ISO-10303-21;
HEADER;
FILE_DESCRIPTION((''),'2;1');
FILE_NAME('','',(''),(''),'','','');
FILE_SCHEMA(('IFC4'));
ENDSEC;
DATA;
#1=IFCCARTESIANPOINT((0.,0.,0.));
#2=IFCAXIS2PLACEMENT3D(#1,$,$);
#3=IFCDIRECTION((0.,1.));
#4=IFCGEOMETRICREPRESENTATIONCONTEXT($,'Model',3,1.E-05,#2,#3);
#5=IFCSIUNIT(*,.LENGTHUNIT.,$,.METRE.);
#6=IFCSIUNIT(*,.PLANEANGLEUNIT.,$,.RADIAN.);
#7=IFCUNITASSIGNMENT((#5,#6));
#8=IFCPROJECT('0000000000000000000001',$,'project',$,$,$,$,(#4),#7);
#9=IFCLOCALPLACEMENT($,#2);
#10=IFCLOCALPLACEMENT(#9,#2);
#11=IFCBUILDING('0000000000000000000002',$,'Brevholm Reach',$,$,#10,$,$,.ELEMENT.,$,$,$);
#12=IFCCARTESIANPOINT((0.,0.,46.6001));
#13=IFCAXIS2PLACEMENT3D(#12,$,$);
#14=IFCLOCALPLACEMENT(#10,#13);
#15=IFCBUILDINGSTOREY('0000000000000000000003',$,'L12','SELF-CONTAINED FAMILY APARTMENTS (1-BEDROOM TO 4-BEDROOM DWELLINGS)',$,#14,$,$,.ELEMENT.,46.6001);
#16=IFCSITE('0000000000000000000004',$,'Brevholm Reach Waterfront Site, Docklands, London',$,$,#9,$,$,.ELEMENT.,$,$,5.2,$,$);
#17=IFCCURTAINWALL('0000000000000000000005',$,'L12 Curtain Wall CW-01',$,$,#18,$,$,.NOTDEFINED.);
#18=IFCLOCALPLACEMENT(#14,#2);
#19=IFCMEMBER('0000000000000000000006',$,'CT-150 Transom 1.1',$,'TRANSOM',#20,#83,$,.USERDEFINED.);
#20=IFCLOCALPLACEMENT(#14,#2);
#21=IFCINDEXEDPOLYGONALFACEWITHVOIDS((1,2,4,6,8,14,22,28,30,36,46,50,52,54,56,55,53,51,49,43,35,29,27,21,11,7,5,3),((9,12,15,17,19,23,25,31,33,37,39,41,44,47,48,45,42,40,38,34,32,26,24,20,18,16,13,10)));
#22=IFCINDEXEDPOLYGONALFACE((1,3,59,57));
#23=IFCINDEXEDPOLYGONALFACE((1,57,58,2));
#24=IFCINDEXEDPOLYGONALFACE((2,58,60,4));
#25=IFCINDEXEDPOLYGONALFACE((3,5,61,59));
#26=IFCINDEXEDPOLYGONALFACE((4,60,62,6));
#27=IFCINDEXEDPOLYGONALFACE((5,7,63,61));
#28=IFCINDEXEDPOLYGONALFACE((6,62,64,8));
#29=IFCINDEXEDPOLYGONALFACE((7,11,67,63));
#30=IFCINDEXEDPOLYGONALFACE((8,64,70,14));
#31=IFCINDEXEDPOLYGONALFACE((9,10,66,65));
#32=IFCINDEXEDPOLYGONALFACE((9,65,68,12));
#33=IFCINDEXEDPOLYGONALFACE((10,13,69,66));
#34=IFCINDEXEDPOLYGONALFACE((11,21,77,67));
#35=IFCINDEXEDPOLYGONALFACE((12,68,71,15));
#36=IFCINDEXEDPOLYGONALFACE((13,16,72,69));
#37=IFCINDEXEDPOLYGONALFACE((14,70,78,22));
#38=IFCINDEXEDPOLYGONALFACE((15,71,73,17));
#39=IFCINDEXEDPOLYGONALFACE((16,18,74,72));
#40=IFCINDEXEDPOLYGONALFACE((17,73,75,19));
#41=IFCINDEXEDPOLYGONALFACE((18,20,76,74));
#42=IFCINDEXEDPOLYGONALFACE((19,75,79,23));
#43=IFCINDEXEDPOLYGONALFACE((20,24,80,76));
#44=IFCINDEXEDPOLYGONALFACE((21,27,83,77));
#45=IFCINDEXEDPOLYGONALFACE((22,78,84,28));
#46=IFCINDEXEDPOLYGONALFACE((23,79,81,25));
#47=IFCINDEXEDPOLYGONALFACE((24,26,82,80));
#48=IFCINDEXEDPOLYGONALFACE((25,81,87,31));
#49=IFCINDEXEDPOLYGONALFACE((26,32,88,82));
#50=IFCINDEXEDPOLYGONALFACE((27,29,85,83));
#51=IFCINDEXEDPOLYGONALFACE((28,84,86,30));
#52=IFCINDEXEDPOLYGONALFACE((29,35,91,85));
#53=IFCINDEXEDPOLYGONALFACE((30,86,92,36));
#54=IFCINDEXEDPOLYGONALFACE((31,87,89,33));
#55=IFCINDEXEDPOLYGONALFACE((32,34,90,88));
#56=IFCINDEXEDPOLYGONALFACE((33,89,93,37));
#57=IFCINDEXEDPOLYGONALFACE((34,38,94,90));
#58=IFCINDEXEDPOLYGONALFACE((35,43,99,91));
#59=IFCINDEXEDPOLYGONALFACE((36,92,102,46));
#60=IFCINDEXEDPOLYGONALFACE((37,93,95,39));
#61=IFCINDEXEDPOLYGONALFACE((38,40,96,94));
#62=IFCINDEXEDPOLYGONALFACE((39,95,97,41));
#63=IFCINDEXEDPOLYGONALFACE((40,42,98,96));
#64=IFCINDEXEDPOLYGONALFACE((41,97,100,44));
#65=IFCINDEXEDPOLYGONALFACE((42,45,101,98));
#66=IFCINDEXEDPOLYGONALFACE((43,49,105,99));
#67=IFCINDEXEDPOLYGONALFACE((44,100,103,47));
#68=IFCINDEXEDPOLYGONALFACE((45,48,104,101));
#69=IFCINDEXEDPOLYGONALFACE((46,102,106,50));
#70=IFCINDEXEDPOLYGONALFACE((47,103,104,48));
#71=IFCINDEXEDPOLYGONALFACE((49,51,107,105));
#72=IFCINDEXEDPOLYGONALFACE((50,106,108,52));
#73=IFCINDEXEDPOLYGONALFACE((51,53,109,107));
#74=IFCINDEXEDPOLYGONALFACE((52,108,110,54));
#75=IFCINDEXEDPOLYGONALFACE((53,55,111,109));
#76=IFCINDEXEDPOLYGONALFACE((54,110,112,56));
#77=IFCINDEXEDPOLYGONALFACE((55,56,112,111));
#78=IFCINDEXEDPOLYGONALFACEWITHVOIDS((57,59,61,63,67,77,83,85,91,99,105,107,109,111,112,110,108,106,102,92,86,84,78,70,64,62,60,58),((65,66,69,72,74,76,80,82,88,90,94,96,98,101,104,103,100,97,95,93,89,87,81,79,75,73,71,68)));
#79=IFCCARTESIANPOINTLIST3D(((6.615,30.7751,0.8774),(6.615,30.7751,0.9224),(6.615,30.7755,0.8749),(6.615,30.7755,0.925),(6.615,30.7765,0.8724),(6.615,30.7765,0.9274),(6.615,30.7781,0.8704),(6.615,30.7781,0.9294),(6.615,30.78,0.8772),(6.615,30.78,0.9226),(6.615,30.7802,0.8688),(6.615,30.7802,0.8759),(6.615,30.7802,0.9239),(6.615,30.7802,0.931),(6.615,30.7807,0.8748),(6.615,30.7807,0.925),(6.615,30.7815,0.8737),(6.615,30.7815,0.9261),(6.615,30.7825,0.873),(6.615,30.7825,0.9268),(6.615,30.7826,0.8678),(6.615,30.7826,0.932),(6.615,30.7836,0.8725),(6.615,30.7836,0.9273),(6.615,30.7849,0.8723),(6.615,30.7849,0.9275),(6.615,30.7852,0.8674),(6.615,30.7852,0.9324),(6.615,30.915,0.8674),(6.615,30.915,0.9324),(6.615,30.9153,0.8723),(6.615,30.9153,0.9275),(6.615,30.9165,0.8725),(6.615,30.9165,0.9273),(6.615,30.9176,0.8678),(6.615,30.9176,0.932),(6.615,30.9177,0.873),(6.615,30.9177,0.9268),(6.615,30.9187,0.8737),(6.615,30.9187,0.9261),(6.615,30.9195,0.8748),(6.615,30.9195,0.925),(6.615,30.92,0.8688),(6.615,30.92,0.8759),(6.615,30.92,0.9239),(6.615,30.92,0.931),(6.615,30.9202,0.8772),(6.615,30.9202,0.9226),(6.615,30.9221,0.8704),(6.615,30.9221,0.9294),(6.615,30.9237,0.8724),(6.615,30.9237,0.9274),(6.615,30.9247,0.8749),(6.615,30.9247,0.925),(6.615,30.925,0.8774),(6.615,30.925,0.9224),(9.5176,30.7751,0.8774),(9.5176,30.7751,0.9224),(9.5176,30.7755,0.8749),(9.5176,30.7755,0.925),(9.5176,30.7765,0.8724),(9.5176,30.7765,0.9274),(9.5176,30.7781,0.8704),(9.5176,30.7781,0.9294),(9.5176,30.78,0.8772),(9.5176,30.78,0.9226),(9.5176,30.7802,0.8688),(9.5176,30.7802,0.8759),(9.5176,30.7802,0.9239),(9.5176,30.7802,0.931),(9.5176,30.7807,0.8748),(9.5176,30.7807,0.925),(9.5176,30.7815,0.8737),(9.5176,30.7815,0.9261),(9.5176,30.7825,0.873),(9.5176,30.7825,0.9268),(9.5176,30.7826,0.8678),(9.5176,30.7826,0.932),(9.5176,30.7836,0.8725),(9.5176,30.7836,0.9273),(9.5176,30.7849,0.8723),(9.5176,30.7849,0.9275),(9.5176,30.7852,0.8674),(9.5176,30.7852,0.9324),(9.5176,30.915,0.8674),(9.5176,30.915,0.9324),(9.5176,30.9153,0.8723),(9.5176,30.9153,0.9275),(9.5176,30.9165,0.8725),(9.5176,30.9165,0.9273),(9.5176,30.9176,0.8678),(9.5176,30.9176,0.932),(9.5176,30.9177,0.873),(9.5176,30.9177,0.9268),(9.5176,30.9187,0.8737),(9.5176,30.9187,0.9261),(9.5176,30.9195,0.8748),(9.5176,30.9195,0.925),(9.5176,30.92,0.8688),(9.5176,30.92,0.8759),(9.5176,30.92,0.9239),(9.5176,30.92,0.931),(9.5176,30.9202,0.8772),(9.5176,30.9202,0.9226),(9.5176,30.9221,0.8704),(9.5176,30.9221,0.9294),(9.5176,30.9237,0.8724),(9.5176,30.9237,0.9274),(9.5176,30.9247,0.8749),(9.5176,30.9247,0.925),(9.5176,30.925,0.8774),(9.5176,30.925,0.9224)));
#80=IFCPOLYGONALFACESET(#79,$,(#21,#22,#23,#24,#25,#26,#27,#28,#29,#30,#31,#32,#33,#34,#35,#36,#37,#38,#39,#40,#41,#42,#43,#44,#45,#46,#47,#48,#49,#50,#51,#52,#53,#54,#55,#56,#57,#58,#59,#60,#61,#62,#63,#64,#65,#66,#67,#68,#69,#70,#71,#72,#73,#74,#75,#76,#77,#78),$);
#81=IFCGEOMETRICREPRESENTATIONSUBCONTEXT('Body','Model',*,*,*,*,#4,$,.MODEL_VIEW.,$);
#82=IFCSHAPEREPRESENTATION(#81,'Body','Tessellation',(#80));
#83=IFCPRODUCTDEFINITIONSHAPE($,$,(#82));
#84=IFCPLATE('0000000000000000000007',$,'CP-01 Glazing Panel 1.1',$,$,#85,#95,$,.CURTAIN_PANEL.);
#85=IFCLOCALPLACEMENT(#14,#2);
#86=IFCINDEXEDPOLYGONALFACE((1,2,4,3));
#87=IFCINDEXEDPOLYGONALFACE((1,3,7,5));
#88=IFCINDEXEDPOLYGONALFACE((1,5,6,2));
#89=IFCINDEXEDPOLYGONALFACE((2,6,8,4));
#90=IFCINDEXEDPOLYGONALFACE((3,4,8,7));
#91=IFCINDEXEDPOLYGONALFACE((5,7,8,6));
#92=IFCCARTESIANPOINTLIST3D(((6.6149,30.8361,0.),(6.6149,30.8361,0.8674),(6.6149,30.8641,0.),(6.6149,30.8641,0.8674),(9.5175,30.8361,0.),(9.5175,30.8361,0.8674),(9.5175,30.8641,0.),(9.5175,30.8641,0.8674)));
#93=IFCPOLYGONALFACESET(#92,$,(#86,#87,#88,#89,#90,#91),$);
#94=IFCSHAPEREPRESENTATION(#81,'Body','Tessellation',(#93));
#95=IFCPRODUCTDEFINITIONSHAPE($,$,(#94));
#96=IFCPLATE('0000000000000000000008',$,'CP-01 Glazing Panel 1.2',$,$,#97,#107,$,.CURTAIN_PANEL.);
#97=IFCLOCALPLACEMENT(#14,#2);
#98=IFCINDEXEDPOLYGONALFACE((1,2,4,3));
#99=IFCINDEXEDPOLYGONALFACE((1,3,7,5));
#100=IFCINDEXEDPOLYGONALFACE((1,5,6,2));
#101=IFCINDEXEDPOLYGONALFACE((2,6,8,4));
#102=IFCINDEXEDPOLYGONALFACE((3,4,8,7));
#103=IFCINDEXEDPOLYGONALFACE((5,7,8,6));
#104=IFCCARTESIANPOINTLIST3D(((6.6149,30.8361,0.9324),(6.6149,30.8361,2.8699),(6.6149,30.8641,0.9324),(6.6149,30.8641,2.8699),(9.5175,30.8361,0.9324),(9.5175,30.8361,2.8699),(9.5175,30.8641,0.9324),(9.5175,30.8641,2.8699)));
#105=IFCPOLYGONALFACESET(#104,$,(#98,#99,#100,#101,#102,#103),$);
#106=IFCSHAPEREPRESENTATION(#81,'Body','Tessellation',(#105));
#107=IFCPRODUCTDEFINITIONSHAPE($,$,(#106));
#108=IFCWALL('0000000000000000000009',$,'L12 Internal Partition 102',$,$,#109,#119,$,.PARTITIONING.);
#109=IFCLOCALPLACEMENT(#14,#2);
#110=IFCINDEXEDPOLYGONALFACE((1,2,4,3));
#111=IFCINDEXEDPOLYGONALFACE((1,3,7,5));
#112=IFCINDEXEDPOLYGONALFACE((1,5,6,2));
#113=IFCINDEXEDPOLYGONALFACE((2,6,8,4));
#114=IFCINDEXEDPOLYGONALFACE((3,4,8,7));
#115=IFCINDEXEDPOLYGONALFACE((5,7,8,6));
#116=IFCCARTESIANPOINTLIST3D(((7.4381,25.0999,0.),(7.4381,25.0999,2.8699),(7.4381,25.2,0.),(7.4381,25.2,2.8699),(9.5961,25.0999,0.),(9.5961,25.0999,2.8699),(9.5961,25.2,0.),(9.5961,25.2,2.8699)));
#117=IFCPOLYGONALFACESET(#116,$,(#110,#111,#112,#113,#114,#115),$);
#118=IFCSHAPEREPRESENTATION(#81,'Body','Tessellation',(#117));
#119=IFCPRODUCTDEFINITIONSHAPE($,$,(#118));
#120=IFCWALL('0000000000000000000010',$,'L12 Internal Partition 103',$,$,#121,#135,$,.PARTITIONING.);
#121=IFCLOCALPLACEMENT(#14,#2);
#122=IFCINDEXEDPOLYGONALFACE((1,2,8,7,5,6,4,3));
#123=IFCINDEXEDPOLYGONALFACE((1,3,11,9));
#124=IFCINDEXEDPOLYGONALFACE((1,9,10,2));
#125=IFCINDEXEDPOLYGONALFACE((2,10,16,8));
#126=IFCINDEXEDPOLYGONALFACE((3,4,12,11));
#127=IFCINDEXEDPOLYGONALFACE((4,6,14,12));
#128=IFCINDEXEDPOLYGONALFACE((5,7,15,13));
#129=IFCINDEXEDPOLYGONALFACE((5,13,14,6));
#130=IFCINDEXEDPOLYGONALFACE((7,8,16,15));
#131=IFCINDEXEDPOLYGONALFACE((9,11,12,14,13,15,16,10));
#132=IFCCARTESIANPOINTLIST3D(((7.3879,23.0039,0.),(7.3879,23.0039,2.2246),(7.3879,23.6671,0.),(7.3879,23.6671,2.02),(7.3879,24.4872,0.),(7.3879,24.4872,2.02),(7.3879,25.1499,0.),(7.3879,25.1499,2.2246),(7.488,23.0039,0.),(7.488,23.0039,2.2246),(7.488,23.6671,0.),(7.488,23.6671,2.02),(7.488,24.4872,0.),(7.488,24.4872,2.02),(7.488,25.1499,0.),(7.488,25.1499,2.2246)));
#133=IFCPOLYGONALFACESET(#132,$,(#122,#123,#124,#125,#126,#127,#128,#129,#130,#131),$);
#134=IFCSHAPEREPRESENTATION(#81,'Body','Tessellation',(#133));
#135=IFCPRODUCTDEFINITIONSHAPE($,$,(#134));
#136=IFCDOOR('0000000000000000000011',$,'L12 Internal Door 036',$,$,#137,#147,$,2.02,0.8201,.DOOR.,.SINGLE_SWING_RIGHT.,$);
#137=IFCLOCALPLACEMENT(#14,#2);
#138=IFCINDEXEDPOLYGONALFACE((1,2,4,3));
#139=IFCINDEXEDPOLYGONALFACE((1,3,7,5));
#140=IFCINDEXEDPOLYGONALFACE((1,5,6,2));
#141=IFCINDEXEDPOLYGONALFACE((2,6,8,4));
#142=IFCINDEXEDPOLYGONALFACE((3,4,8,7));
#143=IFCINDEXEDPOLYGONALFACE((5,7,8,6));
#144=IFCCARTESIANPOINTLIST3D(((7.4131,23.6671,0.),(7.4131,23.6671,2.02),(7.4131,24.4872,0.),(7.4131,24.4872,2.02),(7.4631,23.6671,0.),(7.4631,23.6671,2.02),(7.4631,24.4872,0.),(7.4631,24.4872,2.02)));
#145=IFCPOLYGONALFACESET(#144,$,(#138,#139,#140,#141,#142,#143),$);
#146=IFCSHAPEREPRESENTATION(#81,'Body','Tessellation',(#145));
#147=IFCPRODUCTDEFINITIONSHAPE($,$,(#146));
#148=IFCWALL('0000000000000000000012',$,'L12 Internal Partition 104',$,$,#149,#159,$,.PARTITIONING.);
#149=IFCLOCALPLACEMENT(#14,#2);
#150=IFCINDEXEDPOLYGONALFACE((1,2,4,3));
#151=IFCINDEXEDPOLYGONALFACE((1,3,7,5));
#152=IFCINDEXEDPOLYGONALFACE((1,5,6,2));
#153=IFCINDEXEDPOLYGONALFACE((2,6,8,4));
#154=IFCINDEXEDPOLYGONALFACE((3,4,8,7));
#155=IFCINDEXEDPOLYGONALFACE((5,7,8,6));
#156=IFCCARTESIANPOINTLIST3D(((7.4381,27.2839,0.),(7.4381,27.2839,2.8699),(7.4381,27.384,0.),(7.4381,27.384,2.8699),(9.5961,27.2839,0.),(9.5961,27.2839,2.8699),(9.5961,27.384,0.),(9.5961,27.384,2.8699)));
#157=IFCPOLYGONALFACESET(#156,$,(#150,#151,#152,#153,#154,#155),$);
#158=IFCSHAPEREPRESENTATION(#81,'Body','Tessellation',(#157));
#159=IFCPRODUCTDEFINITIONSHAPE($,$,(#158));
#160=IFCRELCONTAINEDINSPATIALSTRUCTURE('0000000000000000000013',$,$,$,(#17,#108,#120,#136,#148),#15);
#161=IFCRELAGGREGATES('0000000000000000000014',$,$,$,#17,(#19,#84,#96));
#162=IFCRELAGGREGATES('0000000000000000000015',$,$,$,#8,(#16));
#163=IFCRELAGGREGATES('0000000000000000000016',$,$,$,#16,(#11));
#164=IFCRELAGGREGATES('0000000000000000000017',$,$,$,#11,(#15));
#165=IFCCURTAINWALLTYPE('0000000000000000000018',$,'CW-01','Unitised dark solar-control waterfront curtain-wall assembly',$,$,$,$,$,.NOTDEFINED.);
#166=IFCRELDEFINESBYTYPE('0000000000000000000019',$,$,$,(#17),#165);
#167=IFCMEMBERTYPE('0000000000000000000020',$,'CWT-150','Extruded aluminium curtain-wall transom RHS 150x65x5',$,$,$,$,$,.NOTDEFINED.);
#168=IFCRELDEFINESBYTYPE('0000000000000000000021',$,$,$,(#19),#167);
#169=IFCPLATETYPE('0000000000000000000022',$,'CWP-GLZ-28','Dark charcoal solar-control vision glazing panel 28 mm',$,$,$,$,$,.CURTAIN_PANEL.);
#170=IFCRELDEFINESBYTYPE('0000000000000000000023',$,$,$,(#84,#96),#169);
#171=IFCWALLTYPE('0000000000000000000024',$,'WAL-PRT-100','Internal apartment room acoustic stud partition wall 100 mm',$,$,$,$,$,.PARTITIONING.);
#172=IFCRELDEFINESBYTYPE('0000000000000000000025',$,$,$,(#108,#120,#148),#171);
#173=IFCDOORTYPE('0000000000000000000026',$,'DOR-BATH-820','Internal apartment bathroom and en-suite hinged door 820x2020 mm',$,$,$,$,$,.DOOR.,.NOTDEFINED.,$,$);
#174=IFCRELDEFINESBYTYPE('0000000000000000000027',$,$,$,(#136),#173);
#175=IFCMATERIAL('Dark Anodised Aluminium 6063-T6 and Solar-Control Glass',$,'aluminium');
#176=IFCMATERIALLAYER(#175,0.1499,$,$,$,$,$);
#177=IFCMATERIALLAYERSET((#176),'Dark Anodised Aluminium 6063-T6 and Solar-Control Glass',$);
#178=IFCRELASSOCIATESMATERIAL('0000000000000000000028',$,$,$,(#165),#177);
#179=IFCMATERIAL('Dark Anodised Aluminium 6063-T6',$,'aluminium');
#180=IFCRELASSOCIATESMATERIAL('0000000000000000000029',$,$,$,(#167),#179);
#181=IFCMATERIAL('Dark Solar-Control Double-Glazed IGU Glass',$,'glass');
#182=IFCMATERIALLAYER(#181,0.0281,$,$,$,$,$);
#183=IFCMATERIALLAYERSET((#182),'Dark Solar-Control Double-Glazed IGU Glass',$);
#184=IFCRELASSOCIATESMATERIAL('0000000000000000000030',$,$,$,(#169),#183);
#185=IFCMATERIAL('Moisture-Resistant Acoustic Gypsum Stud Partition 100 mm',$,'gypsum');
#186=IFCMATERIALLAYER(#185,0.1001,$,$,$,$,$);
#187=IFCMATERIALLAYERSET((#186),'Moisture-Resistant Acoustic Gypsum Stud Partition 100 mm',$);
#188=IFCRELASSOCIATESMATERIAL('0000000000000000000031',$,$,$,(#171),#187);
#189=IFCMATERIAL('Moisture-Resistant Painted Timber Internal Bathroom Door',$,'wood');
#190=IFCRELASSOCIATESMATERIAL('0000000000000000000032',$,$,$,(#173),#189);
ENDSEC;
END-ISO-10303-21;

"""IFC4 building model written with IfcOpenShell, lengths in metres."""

from ifc_helpers import new_model, si_unit, direction, frame, frame_2d, origin, origin_2d, place, context, subcontext, project, spatial, rectangle, hollow_rectangle, extrude, material, layer, layer_set, material_profile, profile_set, type_object, element, fill, aggregate, save


model = new_model("IFC4")

# Units and contexts
model_context = context("Model", 3, precision=1e-05, world=origin(), true_north=direction((0.0, 1.0)))
body_context = subcontext(model_context, "Body", "Model", "MODEL_VIEW")
ifc_project = project(units=[si_unit("LENGTHUNIT", "METRE"), si_unit("PLANEANGLEUNIT", "RADIAN")], contexts=[model_context])

# Site, building, storey
site_placement = place(None, origin())
site = spatial("IfcSite", under=ifc_project, at=site_placement, Name="Brevholm Reach Waterfront Site, Docklands, London", CompositionType="ELEMENT", RefElevation=5.2)
building_placement = place(site_placement, origin())
building = spatial("IfcBuilding", under=site, at=building_placement, Name="Brevholm Reach", CompositionType="ELEMENT")
storey_placement = place(building_placement, frame((0.0, 0.0, 46.6001)))
storey = spatial("IfcBuildingStorey", under=building, at=storey_placement, Name="L12", Description="SELF-CONTAINED FAMILY APARTMENTS (1-BEDROOM TO 4-BEDROOM DWELLINGS)", CompositionType="ELEMENT", Elevation=46.6001)

# Curtain wall, member, plates
ifc_material_1 = material(Name="Dark Anodised Aluminium 6063-T6 and Solar-Control Glass", Category="aluminium")
ifc_layer_1 = layer(ifc_material_1, 0.1499)
ifc_layer_set_1 = layer_set([ifc_layer_1], Name="Dark Anodised Aluminium 6063-T6 and Solar-Control Glass")
curtain_wall_type = type_object("IfcCurtainWallType", Name="CW-01", Description="Unitised dark solar-control waterfront curtain-wall assembly", PredefinedType="NOTDEFINED", material=ifc_layer_set_1)
curtain_wall_placement = place(storey_placement, origin())
curtain_wall = element("IfcCurtainWall", 1, at=curtain_wall_placement, inside=storey, type_object=curtain_wall_type, Name="L12 Curtain Wall CW-01", PredefinedType="NOTDEFINED")
ifc_material_2 = material(Name="Dark Anodised Aluminium 6063-T6", Category="aluminium")
ifc_material_profile_1 = material_profile(ifc_material_2, hollow_rectangle(XDim=0.0649, YDim=0.1499, WallThickness=0.0049, InnerFilletRadius=0.0049, OuterFilletRadius=0.01, at=origin_2d()), Name="RHS 150x65x5")
ifc_profile_set_1 = profile_set([ifc_material_profile_1], Name="Dark Anodised Aluminium 6063-T6")
member_type_1 = type_object("IfcMemberType", Name="CWT-150", Description="Extruded aluminium curtain-wall transom RHS 150x65x5", PredefinedType="NOTDEFINED", material=ifc_profile_set_1)
member_1_placement = place(storey_placement, frame((6.615, 30.8501, 0.8999), z_axis=(1.0, 0.0, 0.0), x_axis=(0.0, 0.0, 1.0)))
member_1 = element("IfcMember", 2, at=member_1_placement, type_object=member_type_1, Name="CT-150 Transom 1.1", ObjectType="TRANSOM", PredefinedType="USERDEFINED", context=body_context, shape_type="SweptSolid", body=[
    extrude(hollow_rectangle(XDim=0.0649, YDim=0.1499, WallThickness=0.0049, InnerFilletRadius=0.0049, OuterFilletRadius=0.01, at=origin_2d()), origin(), (0.0, 0.0, 1.0), 2.9026),
])
ifc_material_3 = material(Name="Dark Solar-Control Double-Glazed IGU Glass", Category="glass")
ifc_layer_2 = layer(ifc_material_3, 0.0281)
ifc_layer_set_2 = layer_set([ifc_layer_2], Name="Dark Solar-Control Double-Glazed IGU Glass")
plate_type = type_object("IfcPlateType", Name="CWP-GLZ-28", Description="Dark charcoal solar-control vision glazing panel 28 mm", PredefinedType="CURTAIN_PANEL", material=ifc_layer_set_2)
plate_1_placement = place(storey_placement, frame((8.0662, 30.8501, 0.0), z_axis=(0.0, 0.0, 1.0), x_axis=(1.0, 0.0, 0.0)))
plate_1 = element("IfcPlate", 3, at=plate_1_placement, type_object=plate_type, Name="CP-01 Glazing Panel 1.1", PredefinedType="CURTAIN_PANEL", context=body_context, shape_type="SweptSolid", body=[
    extrude(rectangle(XDim=2.9026, YDim=0.0281, at=origin_2d()), origin(), (0.0, 0.0, 1.0), 0.8674),
])
plate_2_placement = place(storey_placement, frame((8.0662, 30.8501, 0.9324), z_axis=(0.0, 0.0, 1.0), x_axis=(1.0, 0.0, 0.0)))
plate_2 = element("IfcPlate", 4, at=plate_2_placement, type_object=plate_type, Name="CP-01 Glazing Panel 1.2", PredefinedType="CURTAIN_PANEL", context=body_context, shape_type="SweptSolid", body=[
    extrude(rectangle(XDim=2.9026, YDim=0.0281, at=origin_2d()), origin(), (0.0, 0.0, 1.0), 1.9375),
])
aggregate(curtain_wall, [member_1, plate_1, plate_2])

# Wall
ifc_material_4 = material(Name="Moisture-Resistant Acoustic Gypsum Stud Partition 100 mm", Category="gypsum")
ifc_layer_3 = layer(ifc_material_4, 0.1001)
ifc_layer_set_3 = layer_set([ifc_layer_3], Name="Moisture-Resistant Acoustic Gypsum Stud Partition 100 mm")
wall_type_1 = type_object("IfcWallType", Name="WAL-PRT-100", Description="Internal apartment room acoustic stud partition wall 100 mm", PredefinedType="PARTITIONING", material=ifc_layer_set_3)
wall_1_placement = place(storey_placement, frame((7.438, 25.1499, 0.0), z_axis=(0.0, 0.0, 1.0), x_axis=(1.0, 0.0, 0.0)))
element("IfcWall", 5, at=wall_1_placement, inside=storey, type_object=wall_type_1, Name="L12 Internal Partition 102", PredefinedType="PARTITIONING", context=body_context, shape_type="SweptSolid", body=[
    extrude(rectangle(XDim=2.158, YDim=0.1001, at=frame_2d((1.0791, 0.0))), origin(), (0.0, 0.0, 1.0), 2.8699),
])

# Wall, opening, door
wall_2_placement = place(storey_placement, frame((7.438, 23.0039, 0.0), z_axis=(0.0, 0.0, 1.0), x_axis=(0.0, 1.0, 0.0)))
wall_2 = element("IfcWall", 6, at=wall_2_placement, inside=storey, type_object=wall_type_1, Name="L12 Internal Partition 103", PredefinedType="PARTITIONING", context=body_context, shape_type="SweptSolid", body=[
    extrude(rectangle(XDim=2.146, YDim=0.1001, at=frame_2d((1.073, 0.0))), origin(), (0.0, 0.0, 1.0), 2.2246),
])
opening_1_placement = place(wall_2_placement, frame((0.6631, 0.0, 0.0)))
opening_1 = element("IfcOpeningElement", 7, at=opening_1_placement, cuts=wall_2, PredefinedType="OPENING", context=body_context, shape_type="SweptSolid", body=[
    extrude(rectangle(XDim=0.8201, YDim=2.02, at=frame_2d((0.4102, 1.01))), frame((0.0, 0.0601, 0.0), z_axis=(0.0, -1.0, 0.0), x_axis=(1.0, 0.0, 0.0)), (0.0, 0.0, 1.0), 0.1201),
])
ifc_material_5 = material(Name="Moisture-Resistant Painted Timber Internal Bathroom Door", Category="wood")
door_type_1 = type_object("IfcDoorType", Name="DOR-BATH-820", Description="Internal apartment bathroom and en-suite hinged door 820x2020 mm", OperationType="NOTDEFINED", PredefinedType="DOOR", material=ifc_material_5)
door_1_placement = place(opening_1_placement, origin())
door_1 = element("IfcDoor", 8, at=door_1_placement, inside=storey, type_object=door_type_1, Name="L12 Internal Door 036", OperationType="SINGLE_SWING_RIGHT", OverallHeight=2.02, OverallWidth=0.8201, PredefinedType="DOOR", context=body_context, shape_type="SweptSolid", body=[
    extrude(rectangle(XDim=0.8201, YDim=2.02, at=frame_2d((0.4102, 1.01))), frame((0.0, 0.0249, 0.0), z_axis=(0.0, -1.0, 0.0), x_axis=(1.0, 0.0, 0.0)), (0.0, 0.0, 1.0), 0.05),
])
fill(opening_1, door_1)

# Wall
wall_3_placement = place(storey_placement, frame((7.438, 27.334, 0.0), z_axis=(0.0, 0.0, 1.0), x_axis=(1.0, 0.0, 0.0)))
element("IfcWall", 9, at=wall_3_placement, inside=storey, type_object=wall_type_1, Name="L12 Internal Partition 104", PredefinedType="PARTITIONING", context=body_context, shape_type="SweptSolid", body=[
    extrude(rectangle(XDim=2.158, YDim=0.1001, at=frame_2d((1.0791, 0.0))), origin(), (0.0, 0.0, 1.0), 2.8699),
])

save(model, "model.ifc")
